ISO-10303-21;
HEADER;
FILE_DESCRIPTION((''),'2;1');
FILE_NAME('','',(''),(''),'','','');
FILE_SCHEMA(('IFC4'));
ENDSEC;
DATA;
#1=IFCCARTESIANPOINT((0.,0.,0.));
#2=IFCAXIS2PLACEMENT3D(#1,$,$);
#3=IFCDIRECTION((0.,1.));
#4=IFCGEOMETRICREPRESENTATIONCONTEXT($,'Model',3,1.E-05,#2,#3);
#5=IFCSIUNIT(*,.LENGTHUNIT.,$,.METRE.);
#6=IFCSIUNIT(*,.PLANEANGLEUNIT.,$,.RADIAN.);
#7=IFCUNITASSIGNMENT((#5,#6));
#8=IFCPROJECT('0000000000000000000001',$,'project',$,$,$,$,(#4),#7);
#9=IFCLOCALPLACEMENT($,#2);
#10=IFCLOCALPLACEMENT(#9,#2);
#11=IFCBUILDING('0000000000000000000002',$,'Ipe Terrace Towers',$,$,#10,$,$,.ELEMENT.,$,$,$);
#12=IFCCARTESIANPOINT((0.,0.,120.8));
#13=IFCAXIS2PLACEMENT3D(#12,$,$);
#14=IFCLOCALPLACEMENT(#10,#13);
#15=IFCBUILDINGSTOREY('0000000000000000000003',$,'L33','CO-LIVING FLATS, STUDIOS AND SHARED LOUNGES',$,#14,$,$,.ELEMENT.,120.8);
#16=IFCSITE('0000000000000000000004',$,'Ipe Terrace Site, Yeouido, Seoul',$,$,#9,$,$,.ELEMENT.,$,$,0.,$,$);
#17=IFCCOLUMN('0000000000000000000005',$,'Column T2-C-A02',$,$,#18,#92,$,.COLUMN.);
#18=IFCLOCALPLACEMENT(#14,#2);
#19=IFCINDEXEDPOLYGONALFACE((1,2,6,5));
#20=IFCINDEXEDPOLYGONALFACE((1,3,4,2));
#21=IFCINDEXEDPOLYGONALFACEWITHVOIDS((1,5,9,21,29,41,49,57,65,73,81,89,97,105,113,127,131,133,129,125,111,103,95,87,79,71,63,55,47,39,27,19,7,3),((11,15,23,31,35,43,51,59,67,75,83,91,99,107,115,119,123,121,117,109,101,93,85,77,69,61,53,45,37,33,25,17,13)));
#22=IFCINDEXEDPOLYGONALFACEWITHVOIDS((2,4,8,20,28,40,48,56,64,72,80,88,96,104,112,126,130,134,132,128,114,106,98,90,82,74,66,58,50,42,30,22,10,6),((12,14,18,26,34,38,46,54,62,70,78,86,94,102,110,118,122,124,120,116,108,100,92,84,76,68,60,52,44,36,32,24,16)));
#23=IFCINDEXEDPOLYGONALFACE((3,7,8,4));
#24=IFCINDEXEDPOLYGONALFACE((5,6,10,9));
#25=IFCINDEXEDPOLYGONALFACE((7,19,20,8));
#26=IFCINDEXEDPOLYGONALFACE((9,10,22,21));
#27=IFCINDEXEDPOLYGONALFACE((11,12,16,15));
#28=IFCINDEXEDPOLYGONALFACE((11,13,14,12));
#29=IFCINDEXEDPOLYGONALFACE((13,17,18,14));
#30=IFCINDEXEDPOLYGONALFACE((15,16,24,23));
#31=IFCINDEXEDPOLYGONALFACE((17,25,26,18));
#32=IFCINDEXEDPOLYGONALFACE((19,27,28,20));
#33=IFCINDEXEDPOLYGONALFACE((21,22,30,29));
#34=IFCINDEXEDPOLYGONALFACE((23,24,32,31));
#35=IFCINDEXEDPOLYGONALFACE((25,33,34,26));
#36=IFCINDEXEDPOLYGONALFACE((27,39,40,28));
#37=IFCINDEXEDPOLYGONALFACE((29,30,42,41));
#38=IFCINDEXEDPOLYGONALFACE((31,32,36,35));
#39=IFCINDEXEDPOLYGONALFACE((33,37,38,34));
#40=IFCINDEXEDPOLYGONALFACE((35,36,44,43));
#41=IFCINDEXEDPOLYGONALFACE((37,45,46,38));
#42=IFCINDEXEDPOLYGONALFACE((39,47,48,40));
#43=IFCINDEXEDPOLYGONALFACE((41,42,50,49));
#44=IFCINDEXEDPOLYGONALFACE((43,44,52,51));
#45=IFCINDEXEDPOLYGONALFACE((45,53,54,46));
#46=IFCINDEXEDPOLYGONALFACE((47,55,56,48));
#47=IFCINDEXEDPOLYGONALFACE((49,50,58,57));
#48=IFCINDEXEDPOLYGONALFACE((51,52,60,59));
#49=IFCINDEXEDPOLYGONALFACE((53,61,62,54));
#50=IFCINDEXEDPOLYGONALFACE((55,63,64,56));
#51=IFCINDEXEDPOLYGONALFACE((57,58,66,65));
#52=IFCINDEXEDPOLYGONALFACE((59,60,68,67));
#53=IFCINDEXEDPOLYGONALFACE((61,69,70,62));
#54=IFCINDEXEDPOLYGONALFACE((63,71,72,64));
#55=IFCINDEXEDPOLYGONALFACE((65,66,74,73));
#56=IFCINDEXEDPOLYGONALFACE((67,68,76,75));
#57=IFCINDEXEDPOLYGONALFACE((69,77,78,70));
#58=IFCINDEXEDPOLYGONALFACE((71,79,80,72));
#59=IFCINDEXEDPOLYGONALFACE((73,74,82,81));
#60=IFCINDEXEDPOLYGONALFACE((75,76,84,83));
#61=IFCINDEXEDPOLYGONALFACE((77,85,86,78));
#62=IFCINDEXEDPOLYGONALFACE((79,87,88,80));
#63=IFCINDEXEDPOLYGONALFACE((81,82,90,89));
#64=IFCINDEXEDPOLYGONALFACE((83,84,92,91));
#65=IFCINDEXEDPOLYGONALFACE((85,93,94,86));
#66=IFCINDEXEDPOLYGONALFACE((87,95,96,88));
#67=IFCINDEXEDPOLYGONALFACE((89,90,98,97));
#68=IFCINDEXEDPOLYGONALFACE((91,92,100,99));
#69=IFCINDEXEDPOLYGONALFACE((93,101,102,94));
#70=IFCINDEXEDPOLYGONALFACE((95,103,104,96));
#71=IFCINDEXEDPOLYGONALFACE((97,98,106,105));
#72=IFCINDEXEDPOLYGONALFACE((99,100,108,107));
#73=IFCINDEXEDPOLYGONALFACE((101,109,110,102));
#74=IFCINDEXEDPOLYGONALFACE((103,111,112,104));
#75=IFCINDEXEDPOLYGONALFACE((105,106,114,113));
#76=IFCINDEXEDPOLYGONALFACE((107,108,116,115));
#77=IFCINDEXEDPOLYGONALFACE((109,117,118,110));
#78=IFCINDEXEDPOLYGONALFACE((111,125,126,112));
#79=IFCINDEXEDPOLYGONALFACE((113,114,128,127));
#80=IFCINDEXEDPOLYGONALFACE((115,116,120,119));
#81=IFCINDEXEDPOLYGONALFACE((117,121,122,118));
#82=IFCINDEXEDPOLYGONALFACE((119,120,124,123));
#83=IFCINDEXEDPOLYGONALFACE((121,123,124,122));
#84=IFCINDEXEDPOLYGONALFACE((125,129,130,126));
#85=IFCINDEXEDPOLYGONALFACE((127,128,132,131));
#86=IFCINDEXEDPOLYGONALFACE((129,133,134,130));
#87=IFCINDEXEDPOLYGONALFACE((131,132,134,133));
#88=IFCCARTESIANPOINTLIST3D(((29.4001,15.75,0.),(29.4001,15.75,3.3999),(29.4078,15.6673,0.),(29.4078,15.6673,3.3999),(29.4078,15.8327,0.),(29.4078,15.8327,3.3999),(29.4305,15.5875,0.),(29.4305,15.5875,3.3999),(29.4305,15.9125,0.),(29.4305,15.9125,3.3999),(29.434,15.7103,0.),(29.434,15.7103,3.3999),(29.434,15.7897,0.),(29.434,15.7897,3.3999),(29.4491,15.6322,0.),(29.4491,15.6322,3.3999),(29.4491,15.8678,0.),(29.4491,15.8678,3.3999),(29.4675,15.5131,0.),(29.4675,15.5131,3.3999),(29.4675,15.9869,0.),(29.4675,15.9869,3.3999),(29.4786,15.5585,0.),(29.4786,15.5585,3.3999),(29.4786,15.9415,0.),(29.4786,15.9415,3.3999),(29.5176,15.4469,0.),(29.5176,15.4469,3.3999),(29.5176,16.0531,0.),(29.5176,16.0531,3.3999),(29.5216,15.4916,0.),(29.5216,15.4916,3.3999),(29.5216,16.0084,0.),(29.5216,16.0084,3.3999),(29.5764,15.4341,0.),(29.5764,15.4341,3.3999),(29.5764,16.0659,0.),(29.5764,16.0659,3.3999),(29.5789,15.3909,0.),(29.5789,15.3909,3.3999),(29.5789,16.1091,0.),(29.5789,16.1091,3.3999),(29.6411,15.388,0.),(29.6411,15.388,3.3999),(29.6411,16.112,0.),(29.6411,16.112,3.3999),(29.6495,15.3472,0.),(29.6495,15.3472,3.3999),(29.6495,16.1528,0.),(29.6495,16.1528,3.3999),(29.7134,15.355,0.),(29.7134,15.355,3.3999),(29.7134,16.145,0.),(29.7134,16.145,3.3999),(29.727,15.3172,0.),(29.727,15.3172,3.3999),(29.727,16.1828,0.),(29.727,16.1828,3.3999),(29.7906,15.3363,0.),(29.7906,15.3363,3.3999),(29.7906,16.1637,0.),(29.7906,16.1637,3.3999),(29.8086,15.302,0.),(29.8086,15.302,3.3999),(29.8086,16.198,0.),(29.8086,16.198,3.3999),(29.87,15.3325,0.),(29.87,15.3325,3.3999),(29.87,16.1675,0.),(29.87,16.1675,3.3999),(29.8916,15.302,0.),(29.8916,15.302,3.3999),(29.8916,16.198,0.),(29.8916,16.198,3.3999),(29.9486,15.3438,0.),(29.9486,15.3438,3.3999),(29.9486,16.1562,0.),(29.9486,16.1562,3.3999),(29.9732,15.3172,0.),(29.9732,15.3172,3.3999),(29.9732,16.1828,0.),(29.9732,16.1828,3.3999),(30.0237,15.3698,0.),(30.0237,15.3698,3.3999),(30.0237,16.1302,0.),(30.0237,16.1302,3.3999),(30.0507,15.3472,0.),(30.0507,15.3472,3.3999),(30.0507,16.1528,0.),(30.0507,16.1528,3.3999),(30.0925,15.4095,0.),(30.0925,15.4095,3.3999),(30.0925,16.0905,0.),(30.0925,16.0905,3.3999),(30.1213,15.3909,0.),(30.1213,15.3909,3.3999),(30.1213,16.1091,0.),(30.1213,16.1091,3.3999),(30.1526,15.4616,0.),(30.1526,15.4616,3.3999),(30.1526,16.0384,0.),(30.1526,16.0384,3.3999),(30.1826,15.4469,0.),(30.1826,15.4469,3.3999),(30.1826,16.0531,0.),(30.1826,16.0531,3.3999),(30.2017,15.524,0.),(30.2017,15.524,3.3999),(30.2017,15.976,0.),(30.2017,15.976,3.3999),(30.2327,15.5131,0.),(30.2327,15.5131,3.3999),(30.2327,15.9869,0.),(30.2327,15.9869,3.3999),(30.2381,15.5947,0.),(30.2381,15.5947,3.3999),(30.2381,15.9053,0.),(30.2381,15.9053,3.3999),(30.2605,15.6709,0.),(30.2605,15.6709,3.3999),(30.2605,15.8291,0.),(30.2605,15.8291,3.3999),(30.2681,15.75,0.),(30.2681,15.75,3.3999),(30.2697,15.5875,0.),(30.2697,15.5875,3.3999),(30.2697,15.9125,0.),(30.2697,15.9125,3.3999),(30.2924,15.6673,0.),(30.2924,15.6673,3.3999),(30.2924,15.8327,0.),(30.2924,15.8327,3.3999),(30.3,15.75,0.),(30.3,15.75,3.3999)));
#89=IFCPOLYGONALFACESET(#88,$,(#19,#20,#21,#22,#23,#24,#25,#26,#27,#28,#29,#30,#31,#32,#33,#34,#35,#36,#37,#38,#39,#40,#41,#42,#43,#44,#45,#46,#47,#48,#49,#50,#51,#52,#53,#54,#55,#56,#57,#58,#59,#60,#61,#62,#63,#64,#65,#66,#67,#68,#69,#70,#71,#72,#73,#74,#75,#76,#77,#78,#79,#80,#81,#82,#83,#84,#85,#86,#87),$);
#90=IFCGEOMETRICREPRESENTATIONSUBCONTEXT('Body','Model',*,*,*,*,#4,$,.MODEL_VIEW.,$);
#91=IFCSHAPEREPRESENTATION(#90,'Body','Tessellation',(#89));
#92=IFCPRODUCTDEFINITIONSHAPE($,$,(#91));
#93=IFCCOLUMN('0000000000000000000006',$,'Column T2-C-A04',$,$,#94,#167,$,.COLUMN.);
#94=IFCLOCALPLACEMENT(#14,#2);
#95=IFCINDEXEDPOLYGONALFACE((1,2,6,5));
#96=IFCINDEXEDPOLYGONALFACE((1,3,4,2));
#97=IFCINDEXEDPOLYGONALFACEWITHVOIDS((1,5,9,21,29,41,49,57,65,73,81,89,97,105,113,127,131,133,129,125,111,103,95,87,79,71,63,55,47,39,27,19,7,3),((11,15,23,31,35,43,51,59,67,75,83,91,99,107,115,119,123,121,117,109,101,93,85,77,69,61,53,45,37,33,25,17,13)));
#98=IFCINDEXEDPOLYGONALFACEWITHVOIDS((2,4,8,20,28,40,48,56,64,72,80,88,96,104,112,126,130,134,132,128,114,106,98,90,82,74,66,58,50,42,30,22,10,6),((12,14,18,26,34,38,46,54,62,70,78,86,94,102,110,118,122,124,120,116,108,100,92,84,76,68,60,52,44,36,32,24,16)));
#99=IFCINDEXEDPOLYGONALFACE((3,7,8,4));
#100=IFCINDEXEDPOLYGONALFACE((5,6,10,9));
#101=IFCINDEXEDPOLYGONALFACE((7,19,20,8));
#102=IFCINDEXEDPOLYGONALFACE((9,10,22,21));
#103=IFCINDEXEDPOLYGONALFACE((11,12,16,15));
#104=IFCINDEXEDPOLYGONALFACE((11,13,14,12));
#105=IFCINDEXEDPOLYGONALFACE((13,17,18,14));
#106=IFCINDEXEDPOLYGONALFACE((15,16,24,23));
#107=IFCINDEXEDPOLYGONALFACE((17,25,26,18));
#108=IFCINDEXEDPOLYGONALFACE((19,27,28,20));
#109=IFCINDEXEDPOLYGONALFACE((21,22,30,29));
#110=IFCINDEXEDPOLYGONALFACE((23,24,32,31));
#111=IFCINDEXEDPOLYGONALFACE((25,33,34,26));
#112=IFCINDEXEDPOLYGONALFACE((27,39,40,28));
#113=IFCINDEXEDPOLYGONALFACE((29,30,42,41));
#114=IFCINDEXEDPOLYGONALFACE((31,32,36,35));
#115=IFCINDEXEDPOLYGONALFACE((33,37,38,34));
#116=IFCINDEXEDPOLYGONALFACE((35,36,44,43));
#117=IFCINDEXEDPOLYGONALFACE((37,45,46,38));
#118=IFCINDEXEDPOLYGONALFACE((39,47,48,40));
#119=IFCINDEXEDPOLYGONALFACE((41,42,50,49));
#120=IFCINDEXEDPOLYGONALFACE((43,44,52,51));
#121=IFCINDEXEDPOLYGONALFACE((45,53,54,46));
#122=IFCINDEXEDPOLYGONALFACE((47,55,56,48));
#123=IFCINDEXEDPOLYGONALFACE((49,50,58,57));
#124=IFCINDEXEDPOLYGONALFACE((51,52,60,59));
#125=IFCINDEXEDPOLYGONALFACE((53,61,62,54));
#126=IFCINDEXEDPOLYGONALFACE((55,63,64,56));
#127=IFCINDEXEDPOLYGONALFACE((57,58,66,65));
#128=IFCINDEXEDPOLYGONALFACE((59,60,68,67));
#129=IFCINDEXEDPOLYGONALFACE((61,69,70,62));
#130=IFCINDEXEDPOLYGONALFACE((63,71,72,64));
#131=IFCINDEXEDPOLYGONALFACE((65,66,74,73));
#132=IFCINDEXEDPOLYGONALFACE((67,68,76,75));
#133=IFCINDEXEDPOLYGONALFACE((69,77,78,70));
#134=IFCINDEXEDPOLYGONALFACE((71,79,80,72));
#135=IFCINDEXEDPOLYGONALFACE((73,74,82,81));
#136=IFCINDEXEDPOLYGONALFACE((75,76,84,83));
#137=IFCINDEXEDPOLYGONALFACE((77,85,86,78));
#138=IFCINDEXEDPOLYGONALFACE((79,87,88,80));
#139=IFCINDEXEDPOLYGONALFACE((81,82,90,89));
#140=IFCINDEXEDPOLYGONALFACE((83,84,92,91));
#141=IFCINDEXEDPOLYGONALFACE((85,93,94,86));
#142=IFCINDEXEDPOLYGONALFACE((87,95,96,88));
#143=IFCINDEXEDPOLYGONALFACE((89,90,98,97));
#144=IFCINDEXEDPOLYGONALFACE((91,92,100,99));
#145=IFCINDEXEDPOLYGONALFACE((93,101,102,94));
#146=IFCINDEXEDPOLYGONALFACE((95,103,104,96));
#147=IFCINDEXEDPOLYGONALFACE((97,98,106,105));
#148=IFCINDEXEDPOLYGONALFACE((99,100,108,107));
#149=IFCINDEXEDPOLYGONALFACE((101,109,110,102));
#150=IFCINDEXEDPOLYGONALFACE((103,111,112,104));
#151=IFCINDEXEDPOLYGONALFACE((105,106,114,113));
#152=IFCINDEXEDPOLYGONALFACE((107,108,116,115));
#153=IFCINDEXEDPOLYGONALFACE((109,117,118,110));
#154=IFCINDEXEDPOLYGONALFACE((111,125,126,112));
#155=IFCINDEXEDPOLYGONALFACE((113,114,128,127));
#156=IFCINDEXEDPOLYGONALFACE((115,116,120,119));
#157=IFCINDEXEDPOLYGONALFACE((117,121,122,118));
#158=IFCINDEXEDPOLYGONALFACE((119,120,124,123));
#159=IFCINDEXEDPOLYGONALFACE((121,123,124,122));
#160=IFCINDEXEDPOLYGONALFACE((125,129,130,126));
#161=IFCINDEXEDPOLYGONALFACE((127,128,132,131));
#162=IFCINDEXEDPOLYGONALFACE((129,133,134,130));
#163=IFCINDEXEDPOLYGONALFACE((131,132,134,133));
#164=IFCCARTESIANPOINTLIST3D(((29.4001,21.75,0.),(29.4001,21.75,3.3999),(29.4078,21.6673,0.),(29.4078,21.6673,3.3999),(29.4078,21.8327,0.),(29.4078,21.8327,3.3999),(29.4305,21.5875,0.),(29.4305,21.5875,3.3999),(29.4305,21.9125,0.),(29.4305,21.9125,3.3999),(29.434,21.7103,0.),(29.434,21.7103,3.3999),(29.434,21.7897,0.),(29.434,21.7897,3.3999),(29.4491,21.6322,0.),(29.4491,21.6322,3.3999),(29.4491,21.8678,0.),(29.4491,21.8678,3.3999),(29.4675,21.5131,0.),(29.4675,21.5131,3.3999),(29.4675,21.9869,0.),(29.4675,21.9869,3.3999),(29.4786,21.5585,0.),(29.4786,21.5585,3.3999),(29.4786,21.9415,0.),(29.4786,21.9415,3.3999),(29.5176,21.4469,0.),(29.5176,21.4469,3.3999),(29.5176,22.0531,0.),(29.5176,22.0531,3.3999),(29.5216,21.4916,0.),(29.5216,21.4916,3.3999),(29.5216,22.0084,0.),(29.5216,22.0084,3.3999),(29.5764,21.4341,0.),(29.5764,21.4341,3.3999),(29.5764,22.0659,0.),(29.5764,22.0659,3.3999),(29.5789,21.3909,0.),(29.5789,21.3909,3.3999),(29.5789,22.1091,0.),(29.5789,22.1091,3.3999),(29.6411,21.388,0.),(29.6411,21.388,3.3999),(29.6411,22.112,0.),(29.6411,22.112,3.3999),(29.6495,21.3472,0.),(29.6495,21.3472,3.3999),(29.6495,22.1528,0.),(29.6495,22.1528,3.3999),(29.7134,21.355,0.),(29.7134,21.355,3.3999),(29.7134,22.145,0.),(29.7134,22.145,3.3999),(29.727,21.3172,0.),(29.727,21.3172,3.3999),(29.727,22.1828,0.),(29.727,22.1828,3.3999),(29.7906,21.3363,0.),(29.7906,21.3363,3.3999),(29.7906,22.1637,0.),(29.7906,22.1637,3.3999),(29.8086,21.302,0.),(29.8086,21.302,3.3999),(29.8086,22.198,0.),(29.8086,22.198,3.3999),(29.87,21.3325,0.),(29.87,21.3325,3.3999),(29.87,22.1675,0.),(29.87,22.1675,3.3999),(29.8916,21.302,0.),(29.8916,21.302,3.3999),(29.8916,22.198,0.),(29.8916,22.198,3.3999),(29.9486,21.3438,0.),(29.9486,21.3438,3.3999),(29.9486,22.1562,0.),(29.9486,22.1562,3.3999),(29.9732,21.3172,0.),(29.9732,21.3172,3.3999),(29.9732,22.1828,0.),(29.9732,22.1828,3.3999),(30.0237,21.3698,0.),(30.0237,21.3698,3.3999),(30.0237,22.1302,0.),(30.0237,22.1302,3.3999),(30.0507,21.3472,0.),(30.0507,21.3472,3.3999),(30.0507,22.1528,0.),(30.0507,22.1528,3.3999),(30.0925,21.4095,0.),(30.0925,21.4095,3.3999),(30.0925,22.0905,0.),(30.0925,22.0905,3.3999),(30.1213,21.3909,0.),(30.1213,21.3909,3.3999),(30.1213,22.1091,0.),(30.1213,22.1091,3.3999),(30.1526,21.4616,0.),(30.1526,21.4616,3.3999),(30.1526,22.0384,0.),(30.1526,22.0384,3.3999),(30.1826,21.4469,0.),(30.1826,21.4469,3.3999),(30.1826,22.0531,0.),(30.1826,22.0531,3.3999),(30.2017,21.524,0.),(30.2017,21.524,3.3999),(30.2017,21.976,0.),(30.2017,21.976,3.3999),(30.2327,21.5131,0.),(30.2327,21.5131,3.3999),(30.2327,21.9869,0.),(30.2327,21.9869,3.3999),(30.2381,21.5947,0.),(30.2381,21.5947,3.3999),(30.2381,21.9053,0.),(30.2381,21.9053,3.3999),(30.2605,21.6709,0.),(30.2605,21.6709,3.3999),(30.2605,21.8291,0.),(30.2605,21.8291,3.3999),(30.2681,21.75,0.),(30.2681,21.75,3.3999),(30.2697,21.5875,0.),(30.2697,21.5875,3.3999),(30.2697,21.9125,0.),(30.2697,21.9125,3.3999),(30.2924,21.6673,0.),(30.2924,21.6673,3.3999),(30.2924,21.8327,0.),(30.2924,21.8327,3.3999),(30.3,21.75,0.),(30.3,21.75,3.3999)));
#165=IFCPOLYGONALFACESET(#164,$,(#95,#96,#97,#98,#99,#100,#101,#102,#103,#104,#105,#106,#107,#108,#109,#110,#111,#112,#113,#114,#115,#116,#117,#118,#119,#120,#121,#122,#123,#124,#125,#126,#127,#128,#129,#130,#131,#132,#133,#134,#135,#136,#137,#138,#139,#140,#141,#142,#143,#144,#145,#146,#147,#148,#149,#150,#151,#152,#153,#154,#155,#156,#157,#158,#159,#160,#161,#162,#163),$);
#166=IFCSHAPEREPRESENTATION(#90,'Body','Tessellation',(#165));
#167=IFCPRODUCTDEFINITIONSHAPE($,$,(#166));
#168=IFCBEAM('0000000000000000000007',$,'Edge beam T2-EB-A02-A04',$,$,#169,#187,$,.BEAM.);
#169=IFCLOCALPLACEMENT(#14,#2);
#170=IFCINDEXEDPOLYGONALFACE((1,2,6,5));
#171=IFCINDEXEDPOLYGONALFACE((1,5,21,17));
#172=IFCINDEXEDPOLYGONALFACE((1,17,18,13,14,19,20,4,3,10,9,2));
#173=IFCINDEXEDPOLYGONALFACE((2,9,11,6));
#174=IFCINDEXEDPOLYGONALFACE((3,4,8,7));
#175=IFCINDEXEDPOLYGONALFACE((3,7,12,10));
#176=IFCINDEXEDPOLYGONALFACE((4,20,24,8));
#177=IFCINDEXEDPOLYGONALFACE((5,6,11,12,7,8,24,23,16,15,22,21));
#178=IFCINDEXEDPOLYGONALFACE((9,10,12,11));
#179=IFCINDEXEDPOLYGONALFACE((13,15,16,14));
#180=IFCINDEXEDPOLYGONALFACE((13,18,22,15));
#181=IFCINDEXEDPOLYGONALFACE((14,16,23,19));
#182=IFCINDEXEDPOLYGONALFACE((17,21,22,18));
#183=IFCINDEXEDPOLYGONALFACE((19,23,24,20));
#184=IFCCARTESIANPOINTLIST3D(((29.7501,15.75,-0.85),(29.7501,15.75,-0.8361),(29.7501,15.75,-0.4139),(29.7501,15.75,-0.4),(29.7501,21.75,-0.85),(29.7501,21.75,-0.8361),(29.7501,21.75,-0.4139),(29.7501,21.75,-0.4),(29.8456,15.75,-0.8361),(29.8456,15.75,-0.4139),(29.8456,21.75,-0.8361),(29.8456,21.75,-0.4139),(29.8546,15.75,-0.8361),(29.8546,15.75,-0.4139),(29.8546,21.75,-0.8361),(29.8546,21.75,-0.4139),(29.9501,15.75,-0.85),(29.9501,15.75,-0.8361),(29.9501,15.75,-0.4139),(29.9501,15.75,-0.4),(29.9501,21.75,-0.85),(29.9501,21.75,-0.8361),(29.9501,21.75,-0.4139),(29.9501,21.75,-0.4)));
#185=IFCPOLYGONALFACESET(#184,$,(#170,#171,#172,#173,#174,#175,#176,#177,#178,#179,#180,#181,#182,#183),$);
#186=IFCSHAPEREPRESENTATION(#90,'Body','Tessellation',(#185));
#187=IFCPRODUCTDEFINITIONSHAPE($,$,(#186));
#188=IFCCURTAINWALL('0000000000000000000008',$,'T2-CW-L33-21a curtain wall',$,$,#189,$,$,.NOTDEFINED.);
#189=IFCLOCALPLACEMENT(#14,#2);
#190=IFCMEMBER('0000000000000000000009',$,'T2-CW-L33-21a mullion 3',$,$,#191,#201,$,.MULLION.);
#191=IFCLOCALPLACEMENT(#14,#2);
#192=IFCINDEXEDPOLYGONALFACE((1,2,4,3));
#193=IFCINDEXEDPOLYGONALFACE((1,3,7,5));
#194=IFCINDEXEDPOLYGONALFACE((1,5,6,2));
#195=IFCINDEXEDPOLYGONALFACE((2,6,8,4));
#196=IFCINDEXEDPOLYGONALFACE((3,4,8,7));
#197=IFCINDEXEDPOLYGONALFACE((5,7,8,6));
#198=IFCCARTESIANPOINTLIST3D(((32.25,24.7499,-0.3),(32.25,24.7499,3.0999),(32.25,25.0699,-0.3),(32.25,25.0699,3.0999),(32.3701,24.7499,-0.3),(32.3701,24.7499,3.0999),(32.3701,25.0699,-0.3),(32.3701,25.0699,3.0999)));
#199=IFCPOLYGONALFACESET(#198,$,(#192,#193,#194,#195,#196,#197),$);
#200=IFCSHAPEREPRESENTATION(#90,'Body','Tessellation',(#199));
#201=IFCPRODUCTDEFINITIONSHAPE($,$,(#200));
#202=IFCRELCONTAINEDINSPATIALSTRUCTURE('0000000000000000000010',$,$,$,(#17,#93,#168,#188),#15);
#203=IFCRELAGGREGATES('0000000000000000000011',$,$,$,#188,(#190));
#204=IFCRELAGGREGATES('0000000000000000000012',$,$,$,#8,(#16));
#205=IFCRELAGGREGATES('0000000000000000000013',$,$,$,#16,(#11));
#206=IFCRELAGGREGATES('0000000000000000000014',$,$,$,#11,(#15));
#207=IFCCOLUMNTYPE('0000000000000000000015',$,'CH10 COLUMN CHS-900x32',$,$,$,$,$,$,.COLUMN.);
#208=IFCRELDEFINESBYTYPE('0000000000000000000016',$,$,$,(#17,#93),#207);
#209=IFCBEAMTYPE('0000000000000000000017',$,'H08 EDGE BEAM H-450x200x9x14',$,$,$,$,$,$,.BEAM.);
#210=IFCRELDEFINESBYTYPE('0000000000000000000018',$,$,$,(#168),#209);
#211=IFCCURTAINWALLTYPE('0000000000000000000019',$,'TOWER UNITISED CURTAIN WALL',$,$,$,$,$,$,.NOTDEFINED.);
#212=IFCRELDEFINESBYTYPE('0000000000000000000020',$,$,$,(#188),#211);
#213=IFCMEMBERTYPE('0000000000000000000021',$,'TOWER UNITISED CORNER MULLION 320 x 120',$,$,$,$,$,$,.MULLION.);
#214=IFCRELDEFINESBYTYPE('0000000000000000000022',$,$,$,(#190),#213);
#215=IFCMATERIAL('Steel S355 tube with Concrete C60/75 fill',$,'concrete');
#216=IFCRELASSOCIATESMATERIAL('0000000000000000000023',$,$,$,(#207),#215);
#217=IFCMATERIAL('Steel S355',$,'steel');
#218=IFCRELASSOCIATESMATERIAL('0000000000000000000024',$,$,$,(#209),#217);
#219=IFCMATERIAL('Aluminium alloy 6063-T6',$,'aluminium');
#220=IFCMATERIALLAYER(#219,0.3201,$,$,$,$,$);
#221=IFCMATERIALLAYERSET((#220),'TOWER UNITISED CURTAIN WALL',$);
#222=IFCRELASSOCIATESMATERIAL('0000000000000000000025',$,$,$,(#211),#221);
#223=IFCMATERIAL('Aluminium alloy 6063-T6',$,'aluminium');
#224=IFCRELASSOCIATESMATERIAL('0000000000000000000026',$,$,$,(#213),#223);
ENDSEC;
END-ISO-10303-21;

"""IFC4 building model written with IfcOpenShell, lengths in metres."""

from ifc_helpers import new_model, si_unit, direction, frame, origin, origin_2d, place, context, subcontext, project, spatial, rectangle, hollow_circle, i_section, extrude, material, layer, layer_set, material_profile, profile_set, type_object, element, aggregate, save


model = new_model("IFC4")

# Units and contexts
model_context = context("Model", 3, precision=1e-05, world=origin(), true_north=direction((0.0, 1.0)))
body_context = subcontext(model_context, "Body", "Model", "MODEL_VIEW")
ifc_project = project(units=[si_unit("LENGTHUNIT", "METRE"), si_unit("PLANEANGLEUNIT", "RADIAN")], contexts=[model_context])

# Site, building, storey
site_placement = place(None, origin())
site = spatial("IfcSite", under=ifc_project, at=site_placement, Name="Ipe Terrace Site, Yeouido, Seoul", CompositionType="ELEMENT", RefElevation=0.0)
building_placement = place(site_placement, origin())
building = spatial("IfcBuilding", under=site, at=building_placement, Name="Ipe Terrace Towers", CompositionType="ELEMENT")
storey_placement = place(building_placement, frame((0.0, 0.0, 120.8)))
storey = spatial("IfcBuildingStorey", under=building, at=storey_placement, Name="L33", Description="CO-LIVING FLATS, STUDIOS AND SHARED LOUNGES", CompositionType="ELEMENT", Elevation=120.8)

# Columns
ifc_material_1 = material(Name="Steel S355 tube with Concrete C60/75 fill", Category="concrete")
ifc_material_profile_1 = material_profile(ifc_material_1, hollow_circle(Radius=0.45, WallThickness=0.032, at=origin_2d()), Name="CHS-900x32")
ifc_profile_set_1 = profile_set([ifc_material_profile_1], Name="Steel S355 tube with Concrete C60/75 fill")
column_type = type_object("IfcColumnType", Name="CH10 COLUMN CHS-900x32", PredefinedType="COLUMN", material=ifc_profile_set_1)
for number, where, z_axis, x_axis, name in (
    (1, (29.8501, 15.75, 0.0), (0.0, 0.0, 1.0), (1.0, 0.0, 0.0), "Column T2-C-A02"),
    (2, (29.8501, 21.75, 0.0), (0.0, 0.0, 1.0), (1.0, 0.0, 0.0), "Column T2-C-A04"),
):
    element("IfcColumn", number, at=place(storey_placement, frame(where, z_axis=z_axis, x_axis=x_axis)), inside=storey, type_object=column_type, Name=name, PredefinedType="COLUMN", context=body_context, shape_type="SweptSolid", body=[
        extrude(hollow_circle(Radius=0.45, WallThickness=0.032, at=origin_2d()), origin(), (0.0, 0.0, 1.0), 3.3999),
    ])

# Beam
ifc_material_2 = material(Name="Steel S355", Category="steel")
ifc_material_profile_2 = material_profile(ifc_material_2, i_section(OverallWidth=0.2, OverallDepth=0.45, WebThickness=0.009, FlangeThickness=0.0139, at=origin_2d()), Name="H-450x200x9x14")
ifc_profile_set_2 = profile_set([ifc_material_profile_2], Name="Steel S355")
beam_type = type_object("IfcBeamType", Name="H08 EDGE BEAM H-450x200x9x14", PredefinedType="BEAM", material=ifc_profile_set_2)
beam_placement = place(storey_placement, frame((29.8501, 15.75, -0.625), z_axis=(0.0, 1.0, 0.0), x_axis=(-1.0, 0.0, 0.0)))
element("IfcBeam", 3, at=beam_placement, inside=storey, type_object=beam_type, Name="Edge beam T2-EB-A02-A04", PredefinedType="BEAM", context=body_context, shape_type="SweptSolid", body=[
    extrude(i_section(OverallWidth=0.2, OverallDepth=0.45, WebThickness=0.009, FlangeThickness=0.0139, at=origin_2d()), origin(), (0.0, 0.0, 1.0), 6.0),
])

# Curtain wall, member
ifc_material_3 = material(Name="Aluminium alloy 6063-T6", Category="aluminium")
ifc_layer_1 = layer(ifc_material_3, 0.3201)
ifc_layer_set_1 = layer_set([ifc_layer_1], Name="TOWER UNITISED CURTAIN WALL")
curtain_wall_type = type_object("IfcCurtainWallType", Name="TOWER UNITISED CURTAIN WALL", PredefinedType="NOTDEFINED", material=ifc_layer_set_1)
curtain_wall_1_placement = place(storey_placement, origin())
curtain_wall_1 = element("IfcCurtainWall", 4, at=curtain_wall_1_placement, inside=storey, type_object=curtain_wall_type, Name="T2-CW-L33-21a curtain wall", PredefinedType="NOTDEFINED")
ifc_material_4 = material(Name="Aluminium alloy 6063-T6", Category="aluminium")
ifc_material_profile_3 = material_profile(ifc_material_4, rectangle(XDim=0.3201, YDim=0.1201, at=origin_2d()), Name="TOWER UNITISED CORNER MULLION 320 x 120")
ifc_profile_set_3 = profile_set([ifc_material_profile_3], Name="Aluminium alloy 6063-T6")
member_type = type_object("IfcMemberType", Name="TOWER UNITISED CORNER MULLION 320 x 120", PredefinedType="MULLION", material=ifc_profile_set_3)
member_1_placement = place(storey_placement, frame((32.3101, 24.9099, -0.3), z_axis=(0.0, 0.0, 1.0), x_axis=(0.0, 1.0, 0.0)))
member_1 = element("IfcMember", 5, at=member_1_placement, type_object=member_type, Name="T2-CW-L33-21a mullion 3", PredefinedType="MULLION", context=body_context, shape_type="SweptSolid", body=[
    extrude(rectangle(XDim=0.3201, YDim=0.1201, at=origin_2d()), origin(), (0.0, 0.0, 1.0), 3.3999),
])

aggregate(curtain_wall_1, [member_1])

save(model, "model.ifc")
